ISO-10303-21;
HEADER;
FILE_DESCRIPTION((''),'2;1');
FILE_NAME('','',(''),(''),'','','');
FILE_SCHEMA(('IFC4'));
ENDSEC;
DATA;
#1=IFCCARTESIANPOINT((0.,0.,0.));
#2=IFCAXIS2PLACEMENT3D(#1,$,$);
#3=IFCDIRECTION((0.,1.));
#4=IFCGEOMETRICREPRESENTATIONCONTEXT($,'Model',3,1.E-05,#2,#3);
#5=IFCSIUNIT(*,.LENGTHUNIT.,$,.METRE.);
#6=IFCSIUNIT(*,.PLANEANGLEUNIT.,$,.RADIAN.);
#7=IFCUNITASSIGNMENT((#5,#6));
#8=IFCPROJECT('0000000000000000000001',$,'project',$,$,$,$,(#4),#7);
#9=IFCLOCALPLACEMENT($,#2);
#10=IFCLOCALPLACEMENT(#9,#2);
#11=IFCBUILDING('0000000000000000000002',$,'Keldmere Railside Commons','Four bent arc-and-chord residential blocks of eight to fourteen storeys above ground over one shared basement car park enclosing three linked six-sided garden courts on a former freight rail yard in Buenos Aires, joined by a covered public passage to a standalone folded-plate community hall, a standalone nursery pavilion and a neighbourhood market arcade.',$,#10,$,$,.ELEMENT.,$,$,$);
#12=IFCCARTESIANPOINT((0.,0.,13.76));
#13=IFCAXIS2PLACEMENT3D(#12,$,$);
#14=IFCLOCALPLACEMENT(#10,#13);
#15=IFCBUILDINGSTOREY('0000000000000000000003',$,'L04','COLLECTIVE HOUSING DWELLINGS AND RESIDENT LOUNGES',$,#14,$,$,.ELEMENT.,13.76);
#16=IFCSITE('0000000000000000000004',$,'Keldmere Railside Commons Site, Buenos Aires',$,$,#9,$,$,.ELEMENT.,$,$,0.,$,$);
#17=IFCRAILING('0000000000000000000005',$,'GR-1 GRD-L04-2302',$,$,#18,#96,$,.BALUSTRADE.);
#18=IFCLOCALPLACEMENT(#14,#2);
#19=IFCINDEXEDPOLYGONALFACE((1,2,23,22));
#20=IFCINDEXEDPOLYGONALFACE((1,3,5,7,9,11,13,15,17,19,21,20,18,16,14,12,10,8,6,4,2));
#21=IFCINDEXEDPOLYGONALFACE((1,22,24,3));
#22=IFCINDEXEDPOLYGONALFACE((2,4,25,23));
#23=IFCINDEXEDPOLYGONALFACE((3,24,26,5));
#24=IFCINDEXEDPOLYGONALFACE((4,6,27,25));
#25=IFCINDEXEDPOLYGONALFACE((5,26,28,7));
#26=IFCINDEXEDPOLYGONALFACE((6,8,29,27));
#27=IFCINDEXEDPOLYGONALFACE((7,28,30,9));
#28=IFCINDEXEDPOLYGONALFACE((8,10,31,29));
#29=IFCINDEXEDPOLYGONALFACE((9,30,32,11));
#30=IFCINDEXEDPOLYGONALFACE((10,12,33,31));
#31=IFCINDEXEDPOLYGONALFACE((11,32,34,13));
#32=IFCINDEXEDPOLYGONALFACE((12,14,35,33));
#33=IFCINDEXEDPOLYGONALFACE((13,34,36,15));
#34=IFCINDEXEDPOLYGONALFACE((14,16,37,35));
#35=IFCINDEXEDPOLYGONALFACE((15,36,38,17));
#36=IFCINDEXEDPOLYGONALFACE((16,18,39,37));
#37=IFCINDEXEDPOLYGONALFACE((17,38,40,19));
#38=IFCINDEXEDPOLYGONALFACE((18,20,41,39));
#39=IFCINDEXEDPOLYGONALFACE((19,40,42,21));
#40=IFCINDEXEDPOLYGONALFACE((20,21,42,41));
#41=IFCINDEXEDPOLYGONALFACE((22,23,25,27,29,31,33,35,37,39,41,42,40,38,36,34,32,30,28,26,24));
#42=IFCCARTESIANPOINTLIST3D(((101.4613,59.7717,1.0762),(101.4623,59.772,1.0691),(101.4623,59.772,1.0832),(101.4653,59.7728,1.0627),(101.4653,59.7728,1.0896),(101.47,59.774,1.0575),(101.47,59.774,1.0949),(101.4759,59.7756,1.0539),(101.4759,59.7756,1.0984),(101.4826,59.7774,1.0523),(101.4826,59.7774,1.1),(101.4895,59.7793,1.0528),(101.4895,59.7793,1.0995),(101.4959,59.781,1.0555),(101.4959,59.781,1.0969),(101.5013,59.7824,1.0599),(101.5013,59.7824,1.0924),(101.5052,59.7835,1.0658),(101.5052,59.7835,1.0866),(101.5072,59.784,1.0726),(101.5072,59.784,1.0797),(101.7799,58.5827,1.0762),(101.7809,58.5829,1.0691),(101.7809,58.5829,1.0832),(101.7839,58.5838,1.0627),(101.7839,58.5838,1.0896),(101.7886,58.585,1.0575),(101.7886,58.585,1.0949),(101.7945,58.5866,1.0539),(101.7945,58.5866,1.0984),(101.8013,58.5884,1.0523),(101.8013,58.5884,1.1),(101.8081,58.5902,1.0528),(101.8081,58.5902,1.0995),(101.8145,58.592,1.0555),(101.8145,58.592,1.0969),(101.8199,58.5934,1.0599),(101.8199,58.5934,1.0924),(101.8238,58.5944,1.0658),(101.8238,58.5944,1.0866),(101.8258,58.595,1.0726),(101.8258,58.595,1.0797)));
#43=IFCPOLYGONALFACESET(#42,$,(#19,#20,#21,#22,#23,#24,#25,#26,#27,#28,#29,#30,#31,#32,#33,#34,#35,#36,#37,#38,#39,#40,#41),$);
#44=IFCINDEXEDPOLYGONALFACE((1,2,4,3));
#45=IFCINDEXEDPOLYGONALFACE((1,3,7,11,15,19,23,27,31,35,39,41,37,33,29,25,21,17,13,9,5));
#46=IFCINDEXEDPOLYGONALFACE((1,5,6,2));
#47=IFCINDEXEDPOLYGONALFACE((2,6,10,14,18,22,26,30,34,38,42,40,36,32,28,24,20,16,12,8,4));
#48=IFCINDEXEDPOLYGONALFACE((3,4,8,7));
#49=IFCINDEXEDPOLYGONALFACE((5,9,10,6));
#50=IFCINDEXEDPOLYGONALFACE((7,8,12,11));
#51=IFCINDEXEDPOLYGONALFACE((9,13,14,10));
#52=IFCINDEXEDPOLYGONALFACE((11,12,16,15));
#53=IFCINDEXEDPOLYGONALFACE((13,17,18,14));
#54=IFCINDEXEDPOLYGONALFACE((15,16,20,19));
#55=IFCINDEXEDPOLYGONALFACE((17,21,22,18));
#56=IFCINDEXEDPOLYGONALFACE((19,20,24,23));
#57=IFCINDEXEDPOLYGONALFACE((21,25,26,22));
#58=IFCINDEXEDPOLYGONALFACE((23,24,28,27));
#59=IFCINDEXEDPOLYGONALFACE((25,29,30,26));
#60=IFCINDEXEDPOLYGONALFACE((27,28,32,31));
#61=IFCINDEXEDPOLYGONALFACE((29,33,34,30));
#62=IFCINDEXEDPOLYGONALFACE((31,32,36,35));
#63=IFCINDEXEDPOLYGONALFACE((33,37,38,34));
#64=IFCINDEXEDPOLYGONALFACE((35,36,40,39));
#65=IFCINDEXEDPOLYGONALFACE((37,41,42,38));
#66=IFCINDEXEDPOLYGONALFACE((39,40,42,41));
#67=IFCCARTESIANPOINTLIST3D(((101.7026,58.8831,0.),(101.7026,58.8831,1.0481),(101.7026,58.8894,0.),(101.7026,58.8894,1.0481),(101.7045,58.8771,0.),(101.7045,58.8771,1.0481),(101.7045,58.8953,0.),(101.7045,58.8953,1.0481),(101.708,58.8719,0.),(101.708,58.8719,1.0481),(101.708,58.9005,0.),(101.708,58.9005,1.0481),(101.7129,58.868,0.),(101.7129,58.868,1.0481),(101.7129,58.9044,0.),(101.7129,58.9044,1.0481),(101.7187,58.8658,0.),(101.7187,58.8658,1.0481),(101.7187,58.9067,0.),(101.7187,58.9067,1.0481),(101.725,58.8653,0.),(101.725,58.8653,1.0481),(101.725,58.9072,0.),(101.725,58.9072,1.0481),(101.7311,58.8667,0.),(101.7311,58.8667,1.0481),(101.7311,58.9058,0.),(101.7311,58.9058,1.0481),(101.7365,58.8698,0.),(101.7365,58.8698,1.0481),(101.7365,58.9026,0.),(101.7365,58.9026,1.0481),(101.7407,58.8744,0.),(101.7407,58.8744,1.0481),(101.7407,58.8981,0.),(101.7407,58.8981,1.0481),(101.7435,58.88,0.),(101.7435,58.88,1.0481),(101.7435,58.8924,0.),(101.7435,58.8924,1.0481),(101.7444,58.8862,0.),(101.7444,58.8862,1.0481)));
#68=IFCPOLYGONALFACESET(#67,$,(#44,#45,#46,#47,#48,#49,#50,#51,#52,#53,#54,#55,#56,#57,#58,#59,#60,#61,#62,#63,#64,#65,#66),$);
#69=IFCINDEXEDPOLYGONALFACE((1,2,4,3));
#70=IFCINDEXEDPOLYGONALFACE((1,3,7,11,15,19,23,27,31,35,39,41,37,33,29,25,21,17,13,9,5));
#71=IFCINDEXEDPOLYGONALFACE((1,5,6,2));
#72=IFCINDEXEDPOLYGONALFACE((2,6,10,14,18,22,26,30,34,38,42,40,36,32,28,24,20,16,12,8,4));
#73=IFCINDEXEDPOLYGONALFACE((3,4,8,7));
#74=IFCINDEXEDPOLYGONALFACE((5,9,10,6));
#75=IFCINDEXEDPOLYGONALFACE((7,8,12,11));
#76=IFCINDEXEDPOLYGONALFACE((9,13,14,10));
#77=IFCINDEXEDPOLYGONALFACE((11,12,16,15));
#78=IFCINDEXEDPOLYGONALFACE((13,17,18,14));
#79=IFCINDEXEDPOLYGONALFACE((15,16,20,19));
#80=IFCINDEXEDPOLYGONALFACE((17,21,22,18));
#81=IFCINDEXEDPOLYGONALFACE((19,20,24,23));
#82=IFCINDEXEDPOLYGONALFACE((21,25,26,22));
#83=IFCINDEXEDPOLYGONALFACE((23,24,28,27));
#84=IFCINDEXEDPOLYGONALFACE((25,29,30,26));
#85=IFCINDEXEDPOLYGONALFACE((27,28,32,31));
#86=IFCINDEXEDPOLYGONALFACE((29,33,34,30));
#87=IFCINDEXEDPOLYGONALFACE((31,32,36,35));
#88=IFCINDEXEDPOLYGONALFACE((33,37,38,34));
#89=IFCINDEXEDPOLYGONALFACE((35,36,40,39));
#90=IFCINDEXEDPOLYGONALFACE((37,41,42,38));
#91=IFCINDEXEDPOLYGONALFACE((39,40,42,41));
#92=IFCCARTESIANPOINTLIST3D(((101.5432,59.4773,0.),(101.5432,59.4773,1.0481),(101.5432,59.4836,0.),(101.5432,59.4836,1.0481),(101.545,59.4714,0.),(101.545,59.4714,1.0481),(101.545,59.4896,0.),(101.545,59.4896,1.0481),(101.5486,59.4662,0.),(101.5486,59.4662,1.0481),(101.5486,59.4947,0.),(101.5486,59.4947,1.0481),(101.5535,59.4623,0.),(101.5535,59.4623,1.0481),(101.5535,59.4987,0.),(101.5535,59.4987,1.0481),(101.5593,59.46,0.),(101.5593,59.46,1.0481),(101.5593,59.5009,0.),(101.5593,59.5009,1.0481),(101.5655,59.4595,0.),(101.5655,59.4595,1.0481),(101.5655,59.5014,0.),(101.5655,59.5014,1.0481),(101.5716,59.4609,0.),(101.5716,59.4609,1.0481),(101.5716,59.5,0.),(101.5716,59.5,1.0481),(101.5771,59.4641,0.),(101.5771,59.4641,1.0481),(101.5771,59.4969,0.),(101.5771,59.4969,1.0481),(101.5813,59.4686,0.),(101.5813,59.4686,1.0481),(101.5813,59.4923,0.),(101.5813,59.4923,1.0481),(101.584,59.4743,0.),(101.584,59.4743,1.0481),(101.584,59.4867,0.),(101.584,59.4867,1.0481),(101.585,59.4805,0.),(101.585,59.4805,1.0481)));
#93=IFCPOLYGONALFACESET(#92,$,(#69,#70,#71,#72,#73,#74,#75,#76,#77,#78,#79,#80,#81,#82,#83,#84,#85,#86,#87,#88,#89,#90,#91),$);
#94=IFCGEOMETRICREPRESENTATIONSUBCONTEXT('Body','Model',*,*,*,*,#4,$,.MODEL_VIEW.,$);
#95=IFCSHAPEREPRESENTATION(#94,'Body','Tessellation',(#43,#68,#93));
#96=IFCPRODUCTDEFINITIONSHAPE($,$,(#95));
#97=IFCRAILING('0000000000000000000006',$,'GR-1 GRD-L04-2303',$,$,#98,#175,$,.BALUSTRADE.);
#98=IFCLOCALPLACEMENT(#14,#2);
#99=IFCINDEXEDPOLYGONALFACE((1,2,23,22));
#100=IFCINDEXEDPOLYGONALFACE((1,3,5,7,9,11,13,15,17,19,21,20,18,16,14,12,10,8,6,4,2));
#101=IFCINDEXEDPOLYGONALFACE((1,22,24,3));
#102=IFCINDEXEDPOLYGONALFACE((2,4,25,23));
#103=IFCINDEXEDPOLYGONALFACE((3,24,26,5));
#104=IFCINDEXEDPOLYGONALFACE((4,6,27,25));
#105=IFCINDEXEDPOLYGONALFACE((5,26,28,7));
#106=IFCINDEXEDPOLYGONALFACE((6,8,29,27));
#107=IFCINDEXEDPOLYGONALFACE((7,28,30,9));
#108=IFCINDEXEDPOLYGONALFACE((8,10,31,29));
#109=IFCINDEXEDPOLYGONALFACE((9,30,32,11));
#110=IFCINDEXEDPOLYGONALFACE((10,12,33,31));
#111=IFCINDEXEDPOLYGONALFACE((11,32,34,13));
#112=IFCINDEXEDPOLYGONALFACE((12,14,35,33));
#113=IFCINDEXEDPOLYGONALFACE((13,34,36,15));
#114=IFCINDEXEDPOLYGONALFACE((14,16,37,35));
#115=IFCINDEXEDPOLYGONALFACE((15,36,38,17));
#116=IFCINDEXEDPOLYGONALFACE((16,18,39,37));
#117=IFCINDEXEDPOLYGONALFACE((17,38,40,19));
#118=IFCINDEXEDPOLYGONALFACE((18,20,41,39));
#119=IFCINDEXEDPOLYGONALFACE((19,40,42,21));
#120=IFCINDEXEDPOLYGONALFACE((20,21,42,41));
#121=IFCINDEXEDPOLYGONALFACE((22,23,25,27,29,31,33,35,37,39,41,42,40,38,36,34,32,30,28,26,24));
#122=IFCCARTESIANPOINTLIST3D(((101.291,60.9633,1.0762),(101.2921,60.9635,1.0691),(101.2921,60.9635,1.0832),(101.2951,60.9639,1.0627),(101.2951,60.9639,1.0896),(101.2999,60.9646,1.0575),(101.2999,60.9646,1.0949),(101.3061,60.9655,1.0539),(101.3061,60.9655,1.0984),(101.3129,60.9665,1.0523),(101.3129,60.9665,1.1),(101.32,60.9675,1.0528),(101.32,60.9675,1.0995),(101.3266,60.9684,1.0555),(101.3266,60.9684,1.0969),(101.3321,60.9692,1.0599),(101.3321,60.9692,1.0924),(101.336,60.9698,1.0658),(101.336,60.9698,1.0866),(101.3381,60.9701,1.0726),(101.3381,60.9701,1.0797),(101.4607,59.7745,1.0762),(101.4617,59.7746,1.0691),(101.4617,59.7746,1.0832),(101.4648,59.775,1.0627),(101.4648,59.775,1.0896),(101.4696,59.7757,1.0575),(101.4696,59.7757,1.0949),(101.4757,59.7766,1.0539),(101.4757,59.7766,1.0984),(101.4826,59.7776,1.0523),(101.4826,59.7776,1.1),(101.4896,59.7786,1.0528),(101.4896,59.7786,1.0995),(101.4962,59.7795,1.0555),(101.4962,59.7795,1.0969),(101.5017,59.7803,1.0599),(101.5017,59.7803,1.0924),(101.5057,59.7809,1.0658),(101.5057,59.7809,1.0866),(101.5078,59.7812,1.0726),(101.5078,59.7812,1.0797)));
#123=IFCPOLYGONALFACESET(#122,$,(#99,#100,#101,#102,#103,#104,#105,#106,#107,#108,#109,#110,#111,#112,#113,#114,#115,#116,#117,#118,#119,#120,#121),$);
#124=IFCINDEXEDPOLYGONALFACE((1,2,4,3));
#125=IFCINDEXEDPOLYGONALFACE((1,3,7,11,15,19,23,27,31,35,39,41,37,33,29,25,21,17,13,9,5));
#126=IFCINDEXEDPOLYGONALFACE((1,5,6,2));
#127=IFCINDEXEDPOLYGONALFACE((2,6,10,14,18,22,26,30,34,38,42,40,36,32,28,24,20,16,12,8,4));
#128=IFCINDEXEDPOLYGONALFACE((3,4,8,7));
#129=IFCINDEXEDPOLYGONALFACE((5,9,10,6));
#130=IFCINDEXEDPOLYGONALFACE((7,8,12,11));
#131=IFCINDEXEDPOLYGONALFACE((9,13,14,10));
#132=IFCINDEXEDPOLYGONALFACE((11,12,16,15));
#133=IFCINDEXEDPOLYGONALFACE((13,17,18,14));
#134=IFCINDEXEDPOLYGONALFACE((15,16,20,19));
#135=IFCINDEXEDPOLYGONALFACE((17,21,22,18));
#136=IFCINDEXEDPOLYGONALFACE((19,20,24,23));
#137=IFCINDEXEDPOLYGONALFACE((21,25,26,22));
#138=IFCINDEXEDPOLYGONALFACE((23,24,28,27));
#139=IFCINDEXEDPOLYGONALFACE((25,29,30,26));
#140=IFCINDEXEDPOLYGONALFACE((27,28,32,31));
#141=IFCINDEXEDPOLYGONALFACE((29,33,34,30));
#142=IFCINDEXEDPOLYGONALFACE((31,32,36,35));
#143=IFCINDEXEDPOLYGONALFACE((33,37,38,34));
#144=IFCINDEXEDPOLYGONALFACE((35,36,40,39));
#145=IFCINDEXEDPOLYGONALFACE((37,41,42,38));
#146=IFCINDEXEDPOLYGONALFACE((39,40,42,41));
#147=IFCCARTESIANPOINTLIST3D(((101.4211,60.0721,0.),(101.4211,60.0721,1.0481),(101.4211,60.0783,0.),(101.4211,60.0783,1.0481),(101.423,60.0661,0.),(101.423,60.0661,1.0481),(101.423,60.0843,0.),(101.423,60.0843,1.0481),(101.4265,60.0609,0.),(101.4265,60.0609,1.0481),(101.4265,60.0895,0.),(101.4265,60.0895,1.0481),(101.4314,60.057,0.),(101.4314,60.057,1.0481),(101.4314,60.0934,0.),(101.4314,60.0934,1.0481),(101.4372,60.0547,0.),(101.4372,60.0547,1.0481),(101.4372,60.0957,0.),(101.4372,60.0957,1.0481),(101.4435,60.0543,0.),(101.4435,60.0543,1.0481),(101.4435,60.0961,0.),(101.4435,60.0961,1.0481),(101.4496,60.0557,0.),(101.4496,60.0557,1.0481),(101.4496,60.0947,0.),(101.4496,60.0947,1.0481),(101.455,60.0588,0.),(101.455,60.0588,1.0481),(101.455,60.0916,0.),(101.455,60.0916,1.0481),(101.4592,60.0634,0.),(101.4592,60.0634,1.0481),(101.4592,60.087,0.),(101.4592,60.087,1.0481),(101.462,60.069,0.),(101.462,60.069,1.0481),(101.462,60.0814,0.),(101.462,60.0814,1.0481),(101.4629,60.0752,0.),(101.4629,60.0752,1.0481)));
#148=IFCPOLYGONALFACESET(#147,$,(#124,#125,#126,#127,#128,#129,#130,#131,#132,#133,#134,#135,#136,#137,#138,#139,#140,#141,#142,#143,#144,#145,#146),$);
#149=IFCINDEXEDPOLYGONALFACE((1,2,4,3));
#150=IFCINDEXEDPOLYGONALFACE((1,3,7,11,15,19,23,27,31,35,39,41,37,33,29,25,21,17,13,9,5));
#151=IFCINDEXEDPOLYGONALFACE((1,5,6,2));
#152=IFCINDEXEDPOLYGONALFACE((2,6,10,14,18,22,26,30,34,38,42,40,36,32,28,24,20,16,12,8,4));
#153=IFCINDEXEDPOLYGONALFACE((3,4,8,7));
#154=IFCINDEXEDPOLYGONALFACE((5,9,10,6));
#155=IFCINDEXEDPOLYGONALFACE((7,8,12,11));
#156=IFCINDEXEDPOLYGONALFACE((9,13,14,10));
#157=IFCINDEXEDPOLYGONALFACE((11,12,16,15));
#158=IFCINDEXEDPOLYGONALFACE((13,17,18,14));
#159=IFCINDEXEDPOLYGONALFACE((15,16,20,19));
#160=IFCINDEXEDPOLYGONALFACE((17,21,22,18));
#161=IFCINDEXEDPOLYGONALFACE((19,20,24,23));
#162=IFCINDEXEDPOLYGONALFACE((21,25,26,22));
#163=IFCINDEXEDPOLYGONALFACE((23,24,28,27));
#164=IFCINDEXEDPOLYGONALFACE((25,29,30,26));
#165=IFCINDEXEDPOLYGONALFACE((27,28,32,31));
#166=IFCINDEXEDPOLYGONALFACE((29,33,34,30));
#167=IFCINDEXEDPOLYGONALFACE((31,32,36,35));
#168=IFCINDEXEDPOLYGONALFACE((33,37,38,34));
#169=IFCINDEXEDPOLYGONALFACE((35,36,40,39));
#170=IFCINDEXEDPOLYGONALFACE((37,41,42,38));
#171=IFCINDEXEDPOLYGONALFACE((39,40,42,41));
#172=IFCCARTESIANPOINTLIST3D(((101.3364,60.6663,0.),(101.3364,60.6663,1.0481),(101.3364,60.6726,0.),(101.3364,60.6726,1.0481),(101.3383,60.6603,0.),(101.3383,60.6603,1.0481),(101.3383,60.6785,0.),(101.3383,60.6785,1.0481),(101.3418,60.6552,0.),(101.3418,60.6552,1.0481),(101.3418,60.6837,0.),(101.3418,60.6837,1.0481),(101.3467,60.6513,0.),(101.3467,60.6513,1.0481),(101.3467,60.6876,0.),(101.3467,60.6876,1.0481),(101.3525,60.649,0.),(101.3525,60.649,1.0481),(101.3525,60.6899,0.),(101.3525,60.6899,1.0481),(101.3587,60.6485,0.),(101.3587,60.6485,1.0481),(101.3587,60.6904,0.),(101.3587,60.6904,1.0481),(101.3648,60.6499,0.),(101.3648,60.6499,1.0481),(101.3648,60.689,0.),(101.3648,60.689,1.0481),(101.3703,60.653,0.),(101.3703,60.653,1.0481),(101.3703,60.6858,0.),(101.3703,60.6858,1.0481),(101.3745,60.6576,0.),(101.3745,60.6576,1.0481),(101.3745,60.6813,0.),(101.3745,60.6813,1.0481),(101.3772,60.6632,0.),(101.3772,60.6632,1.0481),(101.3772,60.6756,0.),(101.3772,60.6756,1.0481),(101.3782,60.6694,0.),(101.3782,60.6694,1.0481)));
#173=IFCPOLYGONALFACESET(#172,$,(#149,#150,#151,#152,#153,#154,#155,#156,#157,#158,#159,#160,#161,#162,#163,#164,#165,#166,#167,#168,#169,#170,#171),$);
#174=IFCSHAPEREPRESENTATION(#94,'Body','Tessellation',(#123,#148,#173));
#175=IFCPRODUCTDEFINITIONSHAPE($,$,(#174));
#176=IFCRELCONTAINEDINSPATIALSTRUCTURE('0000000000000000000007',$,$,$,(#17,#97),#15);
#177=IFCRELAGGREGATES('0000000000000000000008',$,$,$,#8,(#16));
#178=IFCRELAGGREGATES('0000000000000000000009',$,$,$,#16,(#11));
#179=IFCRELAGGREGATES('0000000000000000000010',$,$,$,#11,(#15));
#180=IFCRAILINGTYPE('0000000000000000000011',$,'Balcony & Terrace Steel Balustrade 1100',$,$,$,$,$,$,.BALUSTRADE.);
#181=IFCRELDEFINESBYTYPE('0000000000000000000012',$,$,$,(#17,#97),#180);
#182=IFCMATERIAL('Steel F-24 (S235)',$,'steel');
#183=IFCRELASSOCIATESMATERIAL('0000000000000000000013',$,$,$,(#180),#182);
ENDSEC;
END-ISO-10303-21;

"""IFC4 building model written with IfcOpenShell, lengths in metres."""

from ifc_helpers import new_model, si_unit, direction, frame, origin, origin_2d, place, context, subcontext, project, spatial, circle, extrude, material, type_object, element, save


model = new_model("IFC4")

# Units and contexts
model_context = context("Model", 3, precision=1e-05, world=origin(), true_north=direction((0.0, 1.0)))
body_context = subcontext(model_context, "Body", "Model", "MODEL_VIEW")
ifc_project = project(units=[si_unit("LENGTHUNIT", "METRE"), si_unit("PLANEANGLEUNIT", "RADIAN")], contexts=[model_context])

# Site, building, storey
site_placement = place(None, origin())
site = spatial("IfcSite", under=ifc_project, at=site_placement, Name="Keldmere Railside Commons Site, Buenos Aires", CompositionType="ELEMENT", RefElevation=0.0)
building_placement = place(site_placement, origin())
building = spatial("IfcBuilding", under=site, at=building_placement, Name="Keldmere Railside Commons", Description="Four bent arc-and-chord residential blocks of eight to fourteen storeys above ground over one shared basement car park enclosing three linked six-sided garden courts on a former freight rail yard in Buenos Aires, joined by a covered public passage to a standalone folded-plate community hall, a standalone nursery pavilion and a neighbourhood market arcade.", CompositionType="ELEMENT")
storey_placement = place(building_placement, frame((0.0, 0.0, 13.76)))
storey = spatial("IfcBuildingStorey", under=building, at=storey_placement, Name="L04", Description="COLLECTIVE HOUSING DWELLINGS AND RESIDENT LOUNGES", CompositionType="ELEMENT", Elevation=13.76)

# Railings
ifc_material_1 = material(Name="Steel F-24 (S235)", Category="steel")
railing_type = type_object("IfcRailingType", Name="Balcony & Terrace Steel Balustrade 1100", PredefinedType="BALUSTRADE", material=ifc_material_1)
railing_1_placement = place(storey_placement, frame((101.803, 58.5889, 0.0)))
element("IfcRailing", 1, at=railing_1_placement, inside=storey, type_object=railing_type, Name="GR-1 GRD-L04-2302", PredefinedType="BALUSTRADE", context=body_context, shape_type="SweptSolid", body=[
    extrude(circle(Radius=0.0239, at=origin_2d()), frame((0.0, 0.0, 1.0762), z_axis=(-0.258835, 0.965921, 0.0), x_axis=(-0.965921, -0.258835, 0.0)), (0.0, 0.0, 1.0), 1.231),
    extrude(circle(Radius=0.021, at=origin_2d()), frame((-0.0796, 0.2974, 0.0)), (0.0, 0.0, 1.0), 1.0481),
    extrude(circle(Radius=0.021, at=origin_2d()), frame((-0.239, 0.8916, 0.0)), (0.0, 0.0, 1.0), 1.0481),
])
railing_2_placement = place(storey_placement, frame((101.4844, 59.7778, 0.0)))
element("IfcRailing", 2, at=railing_2_placement, inside=storey, type_object=railing_type, Name="GR-1 GRD-L04-2303", PredefinedType="BALUSTRADE", context=body_context, shape_type="SweptSolid", body=[
    extrude(circle(Radius=0.0239, at=origin_2d()), frame((0.0, 0.0, 1.0762), z_axis=(-0.141279, 0.98997, 0.0), x_axis=(-0.98997, -0.141279, 0.0)), (0.0, 0.0, 1.0), 1.2009),
    extrude(circle(Radius=0.021, at=origin_2d()), frame((-0.0425, 0.2974, 0.0)), (0.0, 0.0, 1.0), 1.0481),
    extrude(circle(Radius=0.021, at=origin_2d()), frame((-0.1272, 0.8916, 0.0)), (0.0, 0.0, 1.0), 1.0481),
])

save(model, "model.ifc")
